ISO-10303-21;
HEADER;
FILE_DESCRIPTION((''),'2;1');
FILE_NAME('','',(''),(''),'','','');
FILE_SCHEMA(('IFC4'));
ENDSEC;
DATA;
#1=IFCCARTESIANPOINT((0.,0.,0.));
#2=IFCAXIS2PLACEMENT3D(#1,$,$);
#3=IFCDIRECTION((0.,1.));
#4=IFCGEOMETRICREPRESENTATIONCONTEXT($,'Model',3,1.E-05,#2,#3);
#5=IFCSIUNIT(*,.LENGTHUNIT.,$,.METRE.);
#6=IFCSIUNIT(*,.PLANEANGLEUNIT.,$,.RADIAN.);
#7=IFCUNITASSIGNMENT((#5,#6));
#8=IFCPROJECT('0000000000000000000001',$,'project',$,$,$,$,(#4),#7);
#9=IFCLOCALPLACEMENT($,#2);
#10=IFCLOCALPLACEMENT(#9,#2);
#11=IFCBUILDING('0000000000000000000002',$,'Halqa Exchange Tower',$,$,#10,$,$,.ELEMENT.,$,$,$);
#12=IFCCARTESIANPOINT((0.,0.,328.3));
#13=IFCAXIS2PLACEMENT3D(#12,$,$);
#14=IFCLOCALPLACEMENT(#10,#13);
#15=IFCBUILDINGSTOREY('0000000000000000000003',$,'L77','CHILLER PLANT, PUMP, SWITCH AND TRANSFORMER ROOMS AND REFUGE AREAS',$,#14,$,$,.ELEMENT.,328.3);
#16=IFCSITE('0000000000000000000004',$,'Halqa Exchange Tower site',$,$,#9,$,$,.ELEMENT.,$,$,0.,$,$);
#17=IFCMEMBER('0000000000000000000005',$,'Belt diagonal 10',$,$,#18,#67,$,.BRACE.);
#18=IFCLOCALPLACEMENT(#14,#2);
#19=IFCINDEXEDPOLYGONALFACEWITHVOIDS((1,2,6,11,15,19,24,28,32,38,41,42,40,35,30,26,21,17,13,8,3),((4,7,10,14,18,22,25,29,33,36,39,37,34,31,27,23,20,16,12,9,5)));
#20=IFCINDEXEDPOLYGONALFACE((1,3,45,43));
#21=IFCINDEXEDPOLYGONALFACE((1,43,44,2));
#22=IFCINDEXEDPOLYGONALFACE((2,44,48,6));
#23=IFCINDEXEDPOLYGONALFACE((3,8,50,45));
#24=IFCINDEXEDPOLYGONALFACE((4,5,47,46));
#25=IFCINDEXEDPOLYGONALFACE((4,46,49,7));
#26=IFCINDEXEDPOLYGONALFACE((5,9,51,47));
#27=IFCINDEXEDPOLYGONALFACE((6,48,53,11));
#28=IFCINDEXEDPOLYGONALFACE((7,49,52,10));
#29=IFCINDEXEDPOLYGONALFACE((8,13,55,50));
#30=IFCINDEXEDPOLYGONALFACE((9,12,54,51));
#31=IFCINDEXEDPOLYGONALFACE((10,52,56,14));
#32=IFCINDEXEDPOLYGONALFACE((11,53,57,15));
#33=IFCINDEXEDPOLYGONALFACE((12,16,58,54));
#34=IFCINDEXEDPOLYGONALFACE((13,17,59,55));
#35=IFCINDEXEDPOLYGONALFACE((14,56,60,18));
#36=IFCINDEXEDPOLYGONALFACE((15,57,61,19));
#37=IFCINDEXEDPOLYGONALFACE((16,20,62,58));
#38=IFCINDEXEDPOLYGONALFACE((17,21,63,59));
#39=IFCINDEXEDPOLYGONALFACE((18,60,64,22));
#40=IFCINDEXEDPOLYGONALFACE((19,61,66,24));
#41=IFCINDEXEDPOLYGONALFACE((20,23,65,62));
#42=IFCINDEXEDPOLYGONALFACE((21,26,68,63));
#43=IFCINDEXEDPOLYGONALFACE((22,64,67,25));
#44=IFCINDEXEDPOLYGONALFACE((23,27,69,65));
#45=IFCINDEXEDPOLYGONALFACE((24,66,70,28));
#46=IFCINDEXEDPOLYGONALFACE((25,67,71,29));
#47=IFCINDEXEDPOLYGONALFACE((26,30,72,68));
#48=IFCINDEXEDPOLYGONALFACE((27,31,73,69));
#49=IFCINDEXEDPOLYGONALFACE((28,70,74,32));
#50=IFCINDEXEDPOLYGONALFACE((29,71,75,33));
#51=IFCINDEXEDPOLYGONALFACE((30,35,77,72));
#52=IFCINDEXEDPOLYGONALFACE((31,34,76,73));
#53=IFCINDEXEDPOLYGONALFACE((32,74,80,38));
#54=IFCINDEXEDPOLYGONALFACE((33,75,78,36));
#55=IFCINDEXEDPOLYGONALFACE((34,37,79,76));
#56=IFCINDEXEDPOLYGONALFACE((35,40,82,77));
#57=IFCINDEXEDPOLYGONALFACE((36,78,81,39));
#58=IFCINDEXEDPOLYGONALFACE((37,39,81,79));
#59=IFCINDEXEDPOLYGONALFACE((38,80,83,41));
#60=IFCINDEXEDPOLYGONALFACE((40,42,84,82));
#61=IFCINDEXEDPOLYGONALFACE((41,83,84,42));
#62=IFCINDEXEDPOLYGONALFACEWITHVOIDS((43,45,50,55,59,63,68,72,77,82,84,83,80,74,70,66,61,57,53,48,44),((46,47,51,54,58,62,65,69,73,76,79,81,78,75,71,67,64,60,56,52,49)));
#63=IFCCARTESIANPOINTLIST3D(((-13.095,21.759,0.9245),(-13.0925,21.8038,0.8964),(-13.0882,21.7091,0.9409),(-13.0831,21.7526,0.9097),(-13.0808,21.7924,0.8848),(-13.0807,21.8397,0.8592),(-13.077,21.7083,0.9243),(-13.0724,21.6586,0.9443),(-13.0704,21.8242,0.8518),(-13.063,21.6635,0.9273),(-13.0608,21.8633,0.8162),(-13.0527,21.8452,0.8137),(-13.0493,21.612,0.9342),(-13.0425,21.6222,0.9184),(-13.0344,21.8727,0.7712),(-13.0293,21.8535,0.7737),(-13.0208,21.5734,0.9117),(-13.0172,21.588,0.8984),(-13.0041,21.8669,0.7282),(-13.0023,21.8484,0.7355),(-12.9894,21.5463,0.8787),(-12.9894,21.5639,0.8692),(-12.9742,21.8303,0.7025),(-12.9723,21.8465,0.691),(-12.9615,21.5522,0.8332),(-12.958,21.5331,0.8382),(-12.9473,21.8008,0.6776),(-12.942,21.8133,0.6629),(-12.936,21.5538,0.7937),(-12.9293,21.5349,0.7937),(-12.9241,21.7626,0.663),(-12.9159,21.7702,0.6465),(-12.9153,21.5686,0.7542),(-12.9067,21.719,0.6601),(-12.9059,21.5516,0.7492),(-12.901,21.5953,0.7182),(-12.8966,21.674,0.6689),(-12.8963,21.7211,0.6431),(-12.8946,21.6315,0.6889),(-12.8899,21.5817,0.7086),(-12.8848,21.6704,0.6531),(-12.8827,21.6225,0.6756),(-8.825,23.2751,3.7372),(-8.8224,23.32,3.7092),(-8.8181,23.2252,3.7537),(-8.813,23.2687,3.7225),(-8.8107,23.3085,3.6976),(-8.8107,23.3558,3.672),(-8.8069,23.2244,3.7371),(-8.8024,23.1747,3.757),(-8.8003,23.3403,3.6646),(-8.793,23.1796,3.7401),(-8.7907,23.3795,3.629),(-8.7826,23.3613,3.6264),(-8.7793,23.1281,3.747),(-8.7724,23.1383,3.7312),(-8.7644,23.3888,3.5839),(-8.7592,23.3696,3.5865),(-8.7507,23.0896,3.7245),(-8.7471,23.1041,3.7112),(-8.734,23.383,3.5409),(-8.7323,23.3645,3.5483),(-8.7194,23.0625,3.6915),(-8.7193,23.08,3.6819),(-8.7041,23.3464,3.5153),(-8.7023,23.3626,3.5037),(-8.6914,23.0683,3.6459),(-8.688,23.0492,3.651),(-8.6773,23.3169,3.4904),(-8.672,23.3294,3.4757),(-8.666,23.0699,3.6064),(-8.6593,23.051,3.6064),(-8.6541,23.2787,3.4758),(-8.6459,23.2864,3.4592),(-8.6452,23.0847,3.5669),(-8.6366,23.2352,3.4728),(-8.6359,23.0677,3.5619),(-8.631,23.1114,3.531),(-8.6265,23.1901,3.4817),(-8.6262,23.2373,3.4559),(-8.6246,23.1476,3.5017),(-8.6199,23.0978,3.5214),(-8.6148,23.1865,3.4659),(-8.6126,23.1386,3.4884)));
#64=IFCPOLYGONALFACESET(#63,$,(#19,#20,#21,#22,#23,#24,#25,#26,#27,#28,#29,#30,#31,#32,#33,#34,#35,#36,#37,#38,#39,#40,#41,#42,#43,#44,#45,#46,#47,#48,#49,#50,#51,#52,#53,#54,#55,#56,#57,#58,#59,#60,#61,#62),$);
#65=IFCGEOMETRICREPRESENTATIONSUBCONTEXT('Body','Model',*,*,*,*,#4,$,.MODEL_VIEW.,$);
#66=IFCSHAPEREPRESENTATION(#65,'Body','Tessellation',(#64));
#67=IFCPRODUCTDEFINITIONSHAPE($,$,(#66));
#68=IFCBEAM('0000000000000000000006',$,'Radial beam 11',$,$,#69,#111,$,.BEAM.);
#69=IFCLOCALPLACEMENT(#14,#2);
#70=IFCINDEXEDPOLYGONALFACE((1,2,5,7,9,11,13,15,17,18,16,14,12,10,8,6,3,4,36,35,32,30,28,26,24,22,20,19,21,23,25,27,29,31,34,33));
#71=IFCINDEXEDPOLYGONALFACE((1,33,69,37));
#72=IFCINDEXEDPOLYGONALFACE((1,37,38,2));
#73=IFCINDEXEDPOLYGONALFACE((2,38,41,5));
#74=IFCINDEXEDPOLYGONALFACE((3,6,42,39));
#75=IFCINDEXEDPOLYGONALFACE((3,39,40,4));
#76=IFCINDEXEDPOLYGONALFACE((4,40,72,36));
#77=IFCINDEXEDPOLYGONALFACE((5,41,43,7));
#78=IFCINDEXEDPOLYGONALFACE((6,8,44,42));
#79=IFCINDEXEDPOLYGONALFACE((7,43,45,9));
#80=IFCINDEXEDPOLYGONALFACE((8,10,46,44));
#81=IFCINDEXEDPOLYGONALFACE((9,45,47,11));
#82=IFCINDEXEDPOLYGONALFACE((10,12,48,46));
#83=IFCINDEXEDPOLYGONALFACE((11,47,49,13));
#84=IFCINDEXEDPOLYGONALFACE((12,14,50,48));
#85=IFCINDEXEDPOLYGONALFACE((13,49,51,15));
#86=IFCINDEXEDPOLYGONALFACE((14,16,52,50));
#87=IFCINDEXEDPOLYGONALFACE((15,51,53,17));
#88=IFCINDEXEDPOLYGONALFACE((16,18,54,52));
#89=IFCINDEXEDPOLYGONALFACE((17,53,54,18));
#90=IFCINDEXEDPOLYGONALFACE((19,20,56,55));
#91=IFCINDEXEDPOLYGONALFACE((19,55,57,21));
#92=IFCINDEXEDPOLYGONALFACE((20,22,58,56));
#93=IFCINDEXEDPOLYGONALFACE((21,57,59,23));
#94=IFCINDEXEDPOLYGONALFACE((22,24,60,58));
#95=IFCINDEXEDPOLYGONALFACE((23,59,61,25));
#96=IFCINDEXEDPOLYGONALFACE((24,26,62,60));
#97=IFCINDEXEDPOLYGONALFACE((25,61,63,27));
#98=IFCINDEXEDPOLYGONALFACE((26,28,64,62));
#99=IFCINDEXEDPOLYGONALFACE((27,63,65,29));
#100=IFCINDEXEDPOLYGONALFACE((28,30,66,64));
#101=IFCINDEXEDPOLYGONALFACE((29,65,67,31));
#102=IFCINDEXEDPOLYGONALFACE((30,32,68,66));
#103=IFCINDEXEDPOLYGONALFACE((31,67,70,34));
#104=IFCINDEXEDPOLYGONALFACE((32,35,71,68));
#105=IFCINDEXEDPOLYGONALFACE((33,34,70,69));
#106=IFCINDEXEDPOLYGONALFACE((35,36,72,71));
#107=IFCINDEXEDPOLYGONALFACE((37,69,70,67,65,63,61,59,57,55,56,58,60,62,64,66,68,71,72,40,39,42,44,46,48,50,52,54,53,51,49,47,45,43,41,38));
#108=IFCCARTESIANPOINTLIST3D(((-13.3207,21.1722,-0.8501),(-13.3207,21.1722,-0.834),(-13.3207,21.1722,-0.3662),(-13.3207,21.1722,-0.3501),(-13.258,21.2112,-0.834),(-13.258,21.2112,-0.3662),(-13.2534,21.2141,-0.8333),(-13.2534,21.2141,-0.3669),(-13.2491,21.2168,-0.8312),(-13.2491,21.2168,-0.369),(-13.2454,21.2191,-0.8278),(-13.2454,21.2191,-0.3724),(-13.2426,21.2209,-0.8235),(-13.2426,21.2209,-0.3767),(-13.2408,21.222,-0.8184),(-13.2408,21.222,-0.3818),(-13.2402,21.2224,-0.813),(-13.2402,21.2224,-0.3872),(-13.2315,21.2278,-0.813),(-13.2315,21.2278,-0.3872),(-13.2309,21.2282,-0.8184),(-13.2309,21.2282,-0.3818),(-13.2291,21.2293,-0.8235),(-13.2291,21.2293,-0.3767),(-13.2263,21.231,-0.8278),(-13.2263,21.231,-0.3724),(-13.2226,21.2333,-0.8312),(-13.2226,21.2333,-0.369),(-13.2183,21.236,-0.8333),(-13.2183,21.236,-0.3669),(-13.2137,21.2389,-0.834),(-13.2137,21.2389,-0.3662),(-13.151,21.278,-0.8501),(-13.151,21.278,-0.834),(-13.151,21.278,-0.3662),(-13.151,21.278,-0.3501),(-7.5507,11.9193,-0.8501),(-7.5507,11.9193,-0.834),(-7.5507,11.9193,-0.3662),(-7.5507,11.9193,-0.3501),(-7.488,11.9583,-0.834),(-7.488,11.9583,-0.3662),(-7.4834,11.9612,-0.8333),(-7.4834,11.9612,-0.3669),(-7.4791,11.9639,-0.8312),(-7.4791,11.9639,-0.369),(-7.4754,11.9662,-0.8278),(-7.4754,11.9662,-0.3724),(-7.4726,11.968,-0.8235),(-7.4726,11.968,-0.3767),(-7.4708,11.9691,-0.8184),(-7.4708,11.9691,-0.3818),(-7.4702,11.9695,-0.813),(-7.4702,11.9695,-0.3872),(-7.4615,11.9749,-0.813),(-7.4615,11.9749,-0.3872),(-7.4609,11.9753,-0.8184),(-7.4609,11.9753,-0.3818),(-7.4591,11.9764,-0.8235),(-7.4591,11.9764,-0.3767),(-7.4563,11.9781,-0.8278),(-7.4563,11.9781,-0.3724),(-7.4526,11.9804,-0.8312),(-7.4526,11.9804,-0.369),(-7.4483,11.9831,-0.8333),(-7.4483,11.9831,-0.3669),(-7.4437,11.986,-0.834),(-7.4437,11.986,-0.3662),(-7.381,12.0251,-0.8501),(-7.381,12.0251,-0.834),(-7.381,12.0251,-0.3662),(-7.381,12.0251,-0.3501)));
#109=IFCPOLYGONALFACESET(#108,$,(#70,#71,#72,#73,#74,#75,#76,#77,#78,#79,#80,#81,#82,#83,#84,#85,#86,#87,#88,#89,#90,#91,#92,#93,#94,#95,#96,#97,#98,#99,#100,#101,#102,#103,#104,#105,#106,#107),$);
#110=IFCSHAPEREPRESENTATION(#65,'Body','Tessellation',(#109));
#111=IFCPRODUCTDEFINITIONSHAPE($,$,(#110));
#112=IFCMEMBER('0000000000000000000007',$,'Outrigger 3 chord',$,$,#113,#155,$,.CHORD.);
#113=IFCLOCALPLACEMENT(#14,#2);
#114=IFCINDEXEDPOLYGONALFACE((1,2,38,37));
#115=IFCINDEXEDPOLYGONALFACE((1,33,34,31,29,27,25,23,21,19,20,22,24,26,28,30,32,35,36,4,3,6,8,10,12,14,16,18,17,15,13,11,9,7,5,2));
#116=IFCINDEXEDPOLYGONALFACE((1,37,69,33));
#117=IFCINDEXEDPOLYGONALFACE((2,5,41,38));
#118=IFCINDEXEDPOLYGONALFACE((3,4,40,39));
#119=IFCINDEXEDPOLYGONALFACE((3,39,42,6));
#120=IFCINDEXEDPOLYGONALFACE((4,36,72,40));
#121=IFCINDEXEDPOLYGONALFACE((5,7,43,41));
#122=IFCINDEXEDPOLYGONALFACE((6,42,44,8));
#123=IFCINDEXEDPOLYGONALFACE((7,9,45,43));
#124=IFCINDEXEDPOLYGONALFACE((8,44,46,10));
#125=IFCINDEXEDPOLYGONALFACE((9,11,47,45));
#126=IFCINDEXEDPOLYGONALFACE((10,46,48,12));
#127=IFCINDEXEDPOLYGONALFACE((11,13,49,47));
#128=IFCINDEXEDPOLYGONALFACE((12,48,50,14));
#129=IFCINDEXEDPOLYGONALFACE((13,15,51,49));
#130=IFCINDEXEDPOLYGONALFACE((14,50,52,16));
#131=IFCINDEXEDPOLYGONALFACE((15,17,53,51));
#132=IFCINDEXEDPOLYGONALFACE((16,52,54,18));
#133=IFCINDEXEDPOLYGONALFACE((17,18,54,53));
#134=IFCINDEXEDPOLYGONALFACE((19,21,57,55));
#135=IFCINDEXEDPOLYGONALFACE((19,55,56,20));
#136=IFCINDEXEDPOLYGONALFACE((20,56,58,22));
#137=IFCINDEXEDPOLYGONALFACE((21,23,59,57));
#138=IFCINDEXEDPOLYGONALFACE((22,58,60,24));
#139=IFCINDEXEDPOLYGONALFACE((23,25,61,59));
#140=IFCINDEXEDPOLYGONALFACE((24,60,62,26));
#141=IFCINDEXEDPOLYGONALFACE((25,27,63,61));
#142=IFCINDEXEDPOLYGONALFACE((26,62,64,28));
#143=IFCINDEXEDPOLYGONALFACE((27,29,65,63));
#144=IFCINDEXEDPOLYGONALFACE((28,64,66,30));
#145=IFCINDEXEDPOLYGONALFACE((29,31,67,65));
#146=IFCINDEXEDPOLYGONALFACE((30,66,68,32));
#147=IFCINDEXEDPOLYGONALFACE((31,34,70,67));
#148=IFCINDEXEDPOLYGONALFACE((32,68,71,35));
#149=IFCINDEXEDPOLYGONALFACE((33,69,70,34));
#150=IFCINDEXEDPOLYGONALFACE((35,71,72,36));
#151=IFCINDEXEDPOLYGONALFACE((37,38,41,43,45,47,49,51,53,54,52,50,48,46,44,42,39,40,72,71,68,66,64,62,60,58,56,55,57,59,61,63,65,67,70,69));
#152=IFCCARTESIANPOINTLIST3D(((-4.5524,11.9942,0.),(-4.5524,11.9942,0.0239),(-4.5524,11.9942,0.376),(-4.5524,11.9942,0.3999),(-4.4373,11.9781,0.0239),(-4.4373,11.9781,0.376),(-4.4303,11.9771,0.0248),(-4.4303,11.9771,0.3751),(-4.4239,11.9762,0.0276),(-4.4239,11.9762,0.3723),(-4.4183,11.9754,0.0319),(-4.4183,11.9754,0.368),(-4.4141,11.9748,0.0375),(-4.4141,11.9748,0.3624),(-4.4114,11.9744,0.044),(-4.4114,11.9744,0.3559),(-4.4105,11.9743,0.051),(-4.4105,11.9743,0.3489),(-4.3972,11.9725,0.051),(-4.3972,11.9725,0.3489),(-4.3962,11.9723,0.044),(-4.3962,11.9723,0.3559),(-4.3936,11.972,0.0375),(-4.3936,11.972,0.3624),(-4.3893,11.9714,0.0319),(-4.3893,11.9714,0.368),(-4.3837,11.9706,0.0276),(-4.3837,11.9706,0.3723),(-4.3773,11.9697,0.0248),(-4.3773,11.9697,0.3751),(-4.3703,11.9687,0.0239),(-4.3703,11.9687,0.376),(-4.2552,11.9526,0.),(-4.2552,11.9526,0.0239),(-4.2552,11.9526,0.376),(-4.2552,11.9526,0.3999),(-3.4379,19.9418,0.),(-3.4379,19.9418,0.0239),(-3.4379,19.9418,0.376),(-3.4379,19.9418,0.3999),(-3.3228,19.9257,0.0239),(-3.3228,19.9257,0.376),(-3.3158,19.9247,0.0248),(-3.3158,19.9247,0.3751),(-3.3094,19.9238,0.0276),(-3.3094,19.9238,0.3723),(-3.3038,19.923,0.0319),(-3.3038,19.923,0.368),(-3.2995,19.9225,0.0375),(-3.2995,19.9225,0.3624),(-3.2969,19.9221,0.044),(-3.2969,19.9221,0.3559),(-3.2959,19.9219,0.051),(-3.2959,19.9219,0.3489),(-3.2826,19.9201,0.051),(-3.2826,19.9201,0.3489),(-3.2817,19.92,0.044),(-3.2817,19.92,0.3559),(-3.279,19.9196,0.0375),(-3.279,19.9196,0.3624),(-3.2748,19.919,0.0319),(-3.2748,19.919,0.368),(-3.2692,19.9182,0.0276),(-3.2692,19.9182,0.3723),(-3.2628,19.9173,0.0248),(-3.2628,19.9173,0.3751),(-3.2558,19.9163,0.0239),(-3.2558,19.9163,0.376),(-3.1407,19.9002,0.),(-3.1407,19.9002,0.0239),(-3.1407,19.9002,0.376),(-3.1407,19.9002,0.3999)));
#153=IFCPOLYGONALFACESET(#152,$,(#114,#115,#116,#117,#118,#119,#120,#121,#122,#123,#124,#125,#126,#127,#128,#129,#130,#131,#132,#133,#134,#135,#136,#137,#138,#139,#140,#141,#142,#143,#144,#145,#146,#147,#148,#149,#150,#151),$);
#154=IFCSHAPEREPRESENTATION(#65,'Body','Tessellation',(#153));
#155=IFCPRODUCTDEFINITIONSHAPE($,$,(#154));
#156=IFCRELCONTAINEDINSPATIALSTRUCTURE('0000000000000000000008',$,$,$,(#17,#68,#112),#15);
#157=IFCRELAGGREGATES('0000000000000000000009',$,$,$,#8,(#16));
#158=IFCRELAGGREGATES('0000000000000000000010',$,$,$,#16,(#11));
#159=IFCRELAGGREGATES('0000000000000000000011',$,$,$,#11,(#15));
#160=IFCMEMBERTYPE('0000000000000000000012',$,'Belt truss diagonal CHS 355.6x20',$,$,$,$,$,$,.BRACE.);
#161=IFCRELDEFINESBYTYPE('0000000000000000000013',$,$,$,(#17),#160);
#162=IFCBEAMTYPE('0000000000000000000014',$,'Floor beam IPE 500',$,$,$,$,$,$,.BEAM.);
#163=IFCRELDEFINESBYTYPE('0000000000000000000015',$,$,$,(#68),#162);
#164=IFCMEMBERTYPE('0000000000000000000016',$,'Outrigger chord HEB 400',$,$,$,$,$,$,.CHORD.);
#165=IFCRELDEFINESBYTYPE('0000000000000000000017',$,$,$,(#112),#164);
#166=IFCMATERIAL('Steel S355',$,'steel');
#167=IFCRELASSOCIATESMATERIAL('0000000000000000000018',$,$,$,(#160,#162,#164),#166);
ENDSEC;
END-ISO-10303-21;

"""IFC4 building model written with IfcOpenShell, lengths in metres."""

from ifc_helpers import new_model, si_unit, direction, frame, origin, origin_2d, place, context, subcontext, project, spatial, hollow_circle, i_section, extrude, material, material_profile, profile_set, type_object, element, save


model = new_model("IFC4")

# Units and contexts
model_context = context("Model", 3, precision=1e-05, world=origin(), true_north=direction((0.0, 1.0)))
body_context = subcontext(model_context, "Body", "Model", "MODEL_VIEW")
ifc_project = project(units=[si_unit("LENGTHUNIT", "METRE"), si_unit("PLANEANGLEUNIT", "RADIAN")], contexts=[model_context])

# Site, building, storey
site_placement = place(None, origin())
site = spatial("IfcSite", under=ifc_project, at=site_placement, Name="Halqa Exchange Tower site", CompositionType="ELEMENT", RefElevation=0.0)
building_placement = place(site_placement, origin())
building = spatial("IfcBuilding", under=site, at=building_placement, Name="Halqa Exchange Tower", CompositionType="ELEMENT")
storey_placement = place(building_placement, frame((0.0, 0.0, 328.3)))
storey = spatial("IfcBuildingStorey", under=building, at=storey_placement, Name="L77", Description="CHILLER PLANT, PUMP, SWITCH AND TRANSFORMER ROOMS AND REFUGE AREAS", CompositionType="ELEMENT", Elevation=328.3)

# Member
ifc_material_1 = material(Name="Steel S355", Category="steel")
ifc_material_profile_1 = material_profile(ifc_material_1, hollow_circle(Radius=0.1777, WallThickness=0.02, at=origin_2d()), Name="CHS 355.6x20")
ifc_profile_set_1 = profile_set([ifc_material_profile_1], Name="Steel S355")
member_type_1 = type_object("IfcMemberType", Name="Belt truss diagonal CHS 355.6x20", PredefinedType="BRACE", material=ifc_profile_set_1)
member_1_placement = place(storey_placement, frame((-8.7188, 23.2185, 3.6064), z_axis=(-0.800646, -0.284277, -0.527401), x_axis=(0.334595, -0.942362, 0.0)))
element("IfcMember", 1, at=member_1_placement, inside=storey, type_object=member_type_1, Name="Belt diagonal 10", PredefinedType="BRACE", context=body_context, shape_type="SweptSolid", body=[
    extrude(hollow_circle(Radius=0.1777, WallThickness=0.02, at=origin_2d()), origin(), (0.0, 0.0, 1.0), 5.3333),
])

# Beam
ifc_material_profile_2 = material_profile(ifc_material_1, i_section(OverallWidth=0.2, OverallDepth=0.5, WebThickness=0.0103, FlangeThickness=0.0161, FilletRadius=0.021, at=origin_2d()), Name="IPE 500")
ifc_profile_set_2 = profile_set([ifc_material_profile_2], Name="Steel S355")
beam_type_1 = type_object("IfcBeamType", Name="Floor beam IPE 500", PredefinedType="BEAM", material=ifc_profile_set_2)
beam_1_placement = place(storey_placement, frame((-7.4658, 11.9722, -0.6001), z_axis=(-0.529137, 0.848536, 0.0), x_axis=(-0.848536, -0.529137, 0.0)))
element("IfcBeam", 2, at=beam_1_placement, inside=storey, type_object=beam_type_1, Name="Radial beam 11", PredefinedType="BEAM", context=body_context, shape_type="SweptSolid", body=[
    extrude(i_section(OverallWidth=0.2, OverallDepth=0.5, WebThickness=0.0103, FlangeThickness=0.0161, FilletRadius=0.021, at=origin_2d()), origin(), (0.0, 0.0, 1.0), 10.9045),
])

# Member
ifc_material_profile_3 = material_profile(ifc_material_1, i_section(OverallWidth=0.3, OverallDepth=0.3999, WebThickness=0.0134, FlangeThickness=0.0239, FilletRadius=0.0271, at=origin_2d()), Name="HEB 400")
ifc_profile_set_3 = profile_set([ifc_material_profile_3], Name="Steel S355")
member_type_2 = type_object("IfcMemberType", Name="Outrigger chord HEB 400", PredefinedType="CHORD", material=ifc_profile_set_3)
member_2_placement = place(storey_placement, frame((-4.4038, 11.9734, 0.2), z_axis=(0.138874, 0.99031, 0.0), x_axis=(-0.99031, 0.138874, 0.0)))
element("IfcMember", 3, at=member_2_placement, inside=storey, type_object=member_type_2, Name="Outrigger 3 chord", PredefinedType="CHORD", context=body_context, shape_type="SweptSolid", body=[
    extrude(i_section(OverallWidth=0.3, OverallDepth=0.3999, WebThickness=0.0134, FlangeThickness=0.0239, FilletRadius=0.0271, at=origin_2d()), origin(), (0.0, 0.0, 1.0), 8.0254),
])

save(model, "model.ifc")
